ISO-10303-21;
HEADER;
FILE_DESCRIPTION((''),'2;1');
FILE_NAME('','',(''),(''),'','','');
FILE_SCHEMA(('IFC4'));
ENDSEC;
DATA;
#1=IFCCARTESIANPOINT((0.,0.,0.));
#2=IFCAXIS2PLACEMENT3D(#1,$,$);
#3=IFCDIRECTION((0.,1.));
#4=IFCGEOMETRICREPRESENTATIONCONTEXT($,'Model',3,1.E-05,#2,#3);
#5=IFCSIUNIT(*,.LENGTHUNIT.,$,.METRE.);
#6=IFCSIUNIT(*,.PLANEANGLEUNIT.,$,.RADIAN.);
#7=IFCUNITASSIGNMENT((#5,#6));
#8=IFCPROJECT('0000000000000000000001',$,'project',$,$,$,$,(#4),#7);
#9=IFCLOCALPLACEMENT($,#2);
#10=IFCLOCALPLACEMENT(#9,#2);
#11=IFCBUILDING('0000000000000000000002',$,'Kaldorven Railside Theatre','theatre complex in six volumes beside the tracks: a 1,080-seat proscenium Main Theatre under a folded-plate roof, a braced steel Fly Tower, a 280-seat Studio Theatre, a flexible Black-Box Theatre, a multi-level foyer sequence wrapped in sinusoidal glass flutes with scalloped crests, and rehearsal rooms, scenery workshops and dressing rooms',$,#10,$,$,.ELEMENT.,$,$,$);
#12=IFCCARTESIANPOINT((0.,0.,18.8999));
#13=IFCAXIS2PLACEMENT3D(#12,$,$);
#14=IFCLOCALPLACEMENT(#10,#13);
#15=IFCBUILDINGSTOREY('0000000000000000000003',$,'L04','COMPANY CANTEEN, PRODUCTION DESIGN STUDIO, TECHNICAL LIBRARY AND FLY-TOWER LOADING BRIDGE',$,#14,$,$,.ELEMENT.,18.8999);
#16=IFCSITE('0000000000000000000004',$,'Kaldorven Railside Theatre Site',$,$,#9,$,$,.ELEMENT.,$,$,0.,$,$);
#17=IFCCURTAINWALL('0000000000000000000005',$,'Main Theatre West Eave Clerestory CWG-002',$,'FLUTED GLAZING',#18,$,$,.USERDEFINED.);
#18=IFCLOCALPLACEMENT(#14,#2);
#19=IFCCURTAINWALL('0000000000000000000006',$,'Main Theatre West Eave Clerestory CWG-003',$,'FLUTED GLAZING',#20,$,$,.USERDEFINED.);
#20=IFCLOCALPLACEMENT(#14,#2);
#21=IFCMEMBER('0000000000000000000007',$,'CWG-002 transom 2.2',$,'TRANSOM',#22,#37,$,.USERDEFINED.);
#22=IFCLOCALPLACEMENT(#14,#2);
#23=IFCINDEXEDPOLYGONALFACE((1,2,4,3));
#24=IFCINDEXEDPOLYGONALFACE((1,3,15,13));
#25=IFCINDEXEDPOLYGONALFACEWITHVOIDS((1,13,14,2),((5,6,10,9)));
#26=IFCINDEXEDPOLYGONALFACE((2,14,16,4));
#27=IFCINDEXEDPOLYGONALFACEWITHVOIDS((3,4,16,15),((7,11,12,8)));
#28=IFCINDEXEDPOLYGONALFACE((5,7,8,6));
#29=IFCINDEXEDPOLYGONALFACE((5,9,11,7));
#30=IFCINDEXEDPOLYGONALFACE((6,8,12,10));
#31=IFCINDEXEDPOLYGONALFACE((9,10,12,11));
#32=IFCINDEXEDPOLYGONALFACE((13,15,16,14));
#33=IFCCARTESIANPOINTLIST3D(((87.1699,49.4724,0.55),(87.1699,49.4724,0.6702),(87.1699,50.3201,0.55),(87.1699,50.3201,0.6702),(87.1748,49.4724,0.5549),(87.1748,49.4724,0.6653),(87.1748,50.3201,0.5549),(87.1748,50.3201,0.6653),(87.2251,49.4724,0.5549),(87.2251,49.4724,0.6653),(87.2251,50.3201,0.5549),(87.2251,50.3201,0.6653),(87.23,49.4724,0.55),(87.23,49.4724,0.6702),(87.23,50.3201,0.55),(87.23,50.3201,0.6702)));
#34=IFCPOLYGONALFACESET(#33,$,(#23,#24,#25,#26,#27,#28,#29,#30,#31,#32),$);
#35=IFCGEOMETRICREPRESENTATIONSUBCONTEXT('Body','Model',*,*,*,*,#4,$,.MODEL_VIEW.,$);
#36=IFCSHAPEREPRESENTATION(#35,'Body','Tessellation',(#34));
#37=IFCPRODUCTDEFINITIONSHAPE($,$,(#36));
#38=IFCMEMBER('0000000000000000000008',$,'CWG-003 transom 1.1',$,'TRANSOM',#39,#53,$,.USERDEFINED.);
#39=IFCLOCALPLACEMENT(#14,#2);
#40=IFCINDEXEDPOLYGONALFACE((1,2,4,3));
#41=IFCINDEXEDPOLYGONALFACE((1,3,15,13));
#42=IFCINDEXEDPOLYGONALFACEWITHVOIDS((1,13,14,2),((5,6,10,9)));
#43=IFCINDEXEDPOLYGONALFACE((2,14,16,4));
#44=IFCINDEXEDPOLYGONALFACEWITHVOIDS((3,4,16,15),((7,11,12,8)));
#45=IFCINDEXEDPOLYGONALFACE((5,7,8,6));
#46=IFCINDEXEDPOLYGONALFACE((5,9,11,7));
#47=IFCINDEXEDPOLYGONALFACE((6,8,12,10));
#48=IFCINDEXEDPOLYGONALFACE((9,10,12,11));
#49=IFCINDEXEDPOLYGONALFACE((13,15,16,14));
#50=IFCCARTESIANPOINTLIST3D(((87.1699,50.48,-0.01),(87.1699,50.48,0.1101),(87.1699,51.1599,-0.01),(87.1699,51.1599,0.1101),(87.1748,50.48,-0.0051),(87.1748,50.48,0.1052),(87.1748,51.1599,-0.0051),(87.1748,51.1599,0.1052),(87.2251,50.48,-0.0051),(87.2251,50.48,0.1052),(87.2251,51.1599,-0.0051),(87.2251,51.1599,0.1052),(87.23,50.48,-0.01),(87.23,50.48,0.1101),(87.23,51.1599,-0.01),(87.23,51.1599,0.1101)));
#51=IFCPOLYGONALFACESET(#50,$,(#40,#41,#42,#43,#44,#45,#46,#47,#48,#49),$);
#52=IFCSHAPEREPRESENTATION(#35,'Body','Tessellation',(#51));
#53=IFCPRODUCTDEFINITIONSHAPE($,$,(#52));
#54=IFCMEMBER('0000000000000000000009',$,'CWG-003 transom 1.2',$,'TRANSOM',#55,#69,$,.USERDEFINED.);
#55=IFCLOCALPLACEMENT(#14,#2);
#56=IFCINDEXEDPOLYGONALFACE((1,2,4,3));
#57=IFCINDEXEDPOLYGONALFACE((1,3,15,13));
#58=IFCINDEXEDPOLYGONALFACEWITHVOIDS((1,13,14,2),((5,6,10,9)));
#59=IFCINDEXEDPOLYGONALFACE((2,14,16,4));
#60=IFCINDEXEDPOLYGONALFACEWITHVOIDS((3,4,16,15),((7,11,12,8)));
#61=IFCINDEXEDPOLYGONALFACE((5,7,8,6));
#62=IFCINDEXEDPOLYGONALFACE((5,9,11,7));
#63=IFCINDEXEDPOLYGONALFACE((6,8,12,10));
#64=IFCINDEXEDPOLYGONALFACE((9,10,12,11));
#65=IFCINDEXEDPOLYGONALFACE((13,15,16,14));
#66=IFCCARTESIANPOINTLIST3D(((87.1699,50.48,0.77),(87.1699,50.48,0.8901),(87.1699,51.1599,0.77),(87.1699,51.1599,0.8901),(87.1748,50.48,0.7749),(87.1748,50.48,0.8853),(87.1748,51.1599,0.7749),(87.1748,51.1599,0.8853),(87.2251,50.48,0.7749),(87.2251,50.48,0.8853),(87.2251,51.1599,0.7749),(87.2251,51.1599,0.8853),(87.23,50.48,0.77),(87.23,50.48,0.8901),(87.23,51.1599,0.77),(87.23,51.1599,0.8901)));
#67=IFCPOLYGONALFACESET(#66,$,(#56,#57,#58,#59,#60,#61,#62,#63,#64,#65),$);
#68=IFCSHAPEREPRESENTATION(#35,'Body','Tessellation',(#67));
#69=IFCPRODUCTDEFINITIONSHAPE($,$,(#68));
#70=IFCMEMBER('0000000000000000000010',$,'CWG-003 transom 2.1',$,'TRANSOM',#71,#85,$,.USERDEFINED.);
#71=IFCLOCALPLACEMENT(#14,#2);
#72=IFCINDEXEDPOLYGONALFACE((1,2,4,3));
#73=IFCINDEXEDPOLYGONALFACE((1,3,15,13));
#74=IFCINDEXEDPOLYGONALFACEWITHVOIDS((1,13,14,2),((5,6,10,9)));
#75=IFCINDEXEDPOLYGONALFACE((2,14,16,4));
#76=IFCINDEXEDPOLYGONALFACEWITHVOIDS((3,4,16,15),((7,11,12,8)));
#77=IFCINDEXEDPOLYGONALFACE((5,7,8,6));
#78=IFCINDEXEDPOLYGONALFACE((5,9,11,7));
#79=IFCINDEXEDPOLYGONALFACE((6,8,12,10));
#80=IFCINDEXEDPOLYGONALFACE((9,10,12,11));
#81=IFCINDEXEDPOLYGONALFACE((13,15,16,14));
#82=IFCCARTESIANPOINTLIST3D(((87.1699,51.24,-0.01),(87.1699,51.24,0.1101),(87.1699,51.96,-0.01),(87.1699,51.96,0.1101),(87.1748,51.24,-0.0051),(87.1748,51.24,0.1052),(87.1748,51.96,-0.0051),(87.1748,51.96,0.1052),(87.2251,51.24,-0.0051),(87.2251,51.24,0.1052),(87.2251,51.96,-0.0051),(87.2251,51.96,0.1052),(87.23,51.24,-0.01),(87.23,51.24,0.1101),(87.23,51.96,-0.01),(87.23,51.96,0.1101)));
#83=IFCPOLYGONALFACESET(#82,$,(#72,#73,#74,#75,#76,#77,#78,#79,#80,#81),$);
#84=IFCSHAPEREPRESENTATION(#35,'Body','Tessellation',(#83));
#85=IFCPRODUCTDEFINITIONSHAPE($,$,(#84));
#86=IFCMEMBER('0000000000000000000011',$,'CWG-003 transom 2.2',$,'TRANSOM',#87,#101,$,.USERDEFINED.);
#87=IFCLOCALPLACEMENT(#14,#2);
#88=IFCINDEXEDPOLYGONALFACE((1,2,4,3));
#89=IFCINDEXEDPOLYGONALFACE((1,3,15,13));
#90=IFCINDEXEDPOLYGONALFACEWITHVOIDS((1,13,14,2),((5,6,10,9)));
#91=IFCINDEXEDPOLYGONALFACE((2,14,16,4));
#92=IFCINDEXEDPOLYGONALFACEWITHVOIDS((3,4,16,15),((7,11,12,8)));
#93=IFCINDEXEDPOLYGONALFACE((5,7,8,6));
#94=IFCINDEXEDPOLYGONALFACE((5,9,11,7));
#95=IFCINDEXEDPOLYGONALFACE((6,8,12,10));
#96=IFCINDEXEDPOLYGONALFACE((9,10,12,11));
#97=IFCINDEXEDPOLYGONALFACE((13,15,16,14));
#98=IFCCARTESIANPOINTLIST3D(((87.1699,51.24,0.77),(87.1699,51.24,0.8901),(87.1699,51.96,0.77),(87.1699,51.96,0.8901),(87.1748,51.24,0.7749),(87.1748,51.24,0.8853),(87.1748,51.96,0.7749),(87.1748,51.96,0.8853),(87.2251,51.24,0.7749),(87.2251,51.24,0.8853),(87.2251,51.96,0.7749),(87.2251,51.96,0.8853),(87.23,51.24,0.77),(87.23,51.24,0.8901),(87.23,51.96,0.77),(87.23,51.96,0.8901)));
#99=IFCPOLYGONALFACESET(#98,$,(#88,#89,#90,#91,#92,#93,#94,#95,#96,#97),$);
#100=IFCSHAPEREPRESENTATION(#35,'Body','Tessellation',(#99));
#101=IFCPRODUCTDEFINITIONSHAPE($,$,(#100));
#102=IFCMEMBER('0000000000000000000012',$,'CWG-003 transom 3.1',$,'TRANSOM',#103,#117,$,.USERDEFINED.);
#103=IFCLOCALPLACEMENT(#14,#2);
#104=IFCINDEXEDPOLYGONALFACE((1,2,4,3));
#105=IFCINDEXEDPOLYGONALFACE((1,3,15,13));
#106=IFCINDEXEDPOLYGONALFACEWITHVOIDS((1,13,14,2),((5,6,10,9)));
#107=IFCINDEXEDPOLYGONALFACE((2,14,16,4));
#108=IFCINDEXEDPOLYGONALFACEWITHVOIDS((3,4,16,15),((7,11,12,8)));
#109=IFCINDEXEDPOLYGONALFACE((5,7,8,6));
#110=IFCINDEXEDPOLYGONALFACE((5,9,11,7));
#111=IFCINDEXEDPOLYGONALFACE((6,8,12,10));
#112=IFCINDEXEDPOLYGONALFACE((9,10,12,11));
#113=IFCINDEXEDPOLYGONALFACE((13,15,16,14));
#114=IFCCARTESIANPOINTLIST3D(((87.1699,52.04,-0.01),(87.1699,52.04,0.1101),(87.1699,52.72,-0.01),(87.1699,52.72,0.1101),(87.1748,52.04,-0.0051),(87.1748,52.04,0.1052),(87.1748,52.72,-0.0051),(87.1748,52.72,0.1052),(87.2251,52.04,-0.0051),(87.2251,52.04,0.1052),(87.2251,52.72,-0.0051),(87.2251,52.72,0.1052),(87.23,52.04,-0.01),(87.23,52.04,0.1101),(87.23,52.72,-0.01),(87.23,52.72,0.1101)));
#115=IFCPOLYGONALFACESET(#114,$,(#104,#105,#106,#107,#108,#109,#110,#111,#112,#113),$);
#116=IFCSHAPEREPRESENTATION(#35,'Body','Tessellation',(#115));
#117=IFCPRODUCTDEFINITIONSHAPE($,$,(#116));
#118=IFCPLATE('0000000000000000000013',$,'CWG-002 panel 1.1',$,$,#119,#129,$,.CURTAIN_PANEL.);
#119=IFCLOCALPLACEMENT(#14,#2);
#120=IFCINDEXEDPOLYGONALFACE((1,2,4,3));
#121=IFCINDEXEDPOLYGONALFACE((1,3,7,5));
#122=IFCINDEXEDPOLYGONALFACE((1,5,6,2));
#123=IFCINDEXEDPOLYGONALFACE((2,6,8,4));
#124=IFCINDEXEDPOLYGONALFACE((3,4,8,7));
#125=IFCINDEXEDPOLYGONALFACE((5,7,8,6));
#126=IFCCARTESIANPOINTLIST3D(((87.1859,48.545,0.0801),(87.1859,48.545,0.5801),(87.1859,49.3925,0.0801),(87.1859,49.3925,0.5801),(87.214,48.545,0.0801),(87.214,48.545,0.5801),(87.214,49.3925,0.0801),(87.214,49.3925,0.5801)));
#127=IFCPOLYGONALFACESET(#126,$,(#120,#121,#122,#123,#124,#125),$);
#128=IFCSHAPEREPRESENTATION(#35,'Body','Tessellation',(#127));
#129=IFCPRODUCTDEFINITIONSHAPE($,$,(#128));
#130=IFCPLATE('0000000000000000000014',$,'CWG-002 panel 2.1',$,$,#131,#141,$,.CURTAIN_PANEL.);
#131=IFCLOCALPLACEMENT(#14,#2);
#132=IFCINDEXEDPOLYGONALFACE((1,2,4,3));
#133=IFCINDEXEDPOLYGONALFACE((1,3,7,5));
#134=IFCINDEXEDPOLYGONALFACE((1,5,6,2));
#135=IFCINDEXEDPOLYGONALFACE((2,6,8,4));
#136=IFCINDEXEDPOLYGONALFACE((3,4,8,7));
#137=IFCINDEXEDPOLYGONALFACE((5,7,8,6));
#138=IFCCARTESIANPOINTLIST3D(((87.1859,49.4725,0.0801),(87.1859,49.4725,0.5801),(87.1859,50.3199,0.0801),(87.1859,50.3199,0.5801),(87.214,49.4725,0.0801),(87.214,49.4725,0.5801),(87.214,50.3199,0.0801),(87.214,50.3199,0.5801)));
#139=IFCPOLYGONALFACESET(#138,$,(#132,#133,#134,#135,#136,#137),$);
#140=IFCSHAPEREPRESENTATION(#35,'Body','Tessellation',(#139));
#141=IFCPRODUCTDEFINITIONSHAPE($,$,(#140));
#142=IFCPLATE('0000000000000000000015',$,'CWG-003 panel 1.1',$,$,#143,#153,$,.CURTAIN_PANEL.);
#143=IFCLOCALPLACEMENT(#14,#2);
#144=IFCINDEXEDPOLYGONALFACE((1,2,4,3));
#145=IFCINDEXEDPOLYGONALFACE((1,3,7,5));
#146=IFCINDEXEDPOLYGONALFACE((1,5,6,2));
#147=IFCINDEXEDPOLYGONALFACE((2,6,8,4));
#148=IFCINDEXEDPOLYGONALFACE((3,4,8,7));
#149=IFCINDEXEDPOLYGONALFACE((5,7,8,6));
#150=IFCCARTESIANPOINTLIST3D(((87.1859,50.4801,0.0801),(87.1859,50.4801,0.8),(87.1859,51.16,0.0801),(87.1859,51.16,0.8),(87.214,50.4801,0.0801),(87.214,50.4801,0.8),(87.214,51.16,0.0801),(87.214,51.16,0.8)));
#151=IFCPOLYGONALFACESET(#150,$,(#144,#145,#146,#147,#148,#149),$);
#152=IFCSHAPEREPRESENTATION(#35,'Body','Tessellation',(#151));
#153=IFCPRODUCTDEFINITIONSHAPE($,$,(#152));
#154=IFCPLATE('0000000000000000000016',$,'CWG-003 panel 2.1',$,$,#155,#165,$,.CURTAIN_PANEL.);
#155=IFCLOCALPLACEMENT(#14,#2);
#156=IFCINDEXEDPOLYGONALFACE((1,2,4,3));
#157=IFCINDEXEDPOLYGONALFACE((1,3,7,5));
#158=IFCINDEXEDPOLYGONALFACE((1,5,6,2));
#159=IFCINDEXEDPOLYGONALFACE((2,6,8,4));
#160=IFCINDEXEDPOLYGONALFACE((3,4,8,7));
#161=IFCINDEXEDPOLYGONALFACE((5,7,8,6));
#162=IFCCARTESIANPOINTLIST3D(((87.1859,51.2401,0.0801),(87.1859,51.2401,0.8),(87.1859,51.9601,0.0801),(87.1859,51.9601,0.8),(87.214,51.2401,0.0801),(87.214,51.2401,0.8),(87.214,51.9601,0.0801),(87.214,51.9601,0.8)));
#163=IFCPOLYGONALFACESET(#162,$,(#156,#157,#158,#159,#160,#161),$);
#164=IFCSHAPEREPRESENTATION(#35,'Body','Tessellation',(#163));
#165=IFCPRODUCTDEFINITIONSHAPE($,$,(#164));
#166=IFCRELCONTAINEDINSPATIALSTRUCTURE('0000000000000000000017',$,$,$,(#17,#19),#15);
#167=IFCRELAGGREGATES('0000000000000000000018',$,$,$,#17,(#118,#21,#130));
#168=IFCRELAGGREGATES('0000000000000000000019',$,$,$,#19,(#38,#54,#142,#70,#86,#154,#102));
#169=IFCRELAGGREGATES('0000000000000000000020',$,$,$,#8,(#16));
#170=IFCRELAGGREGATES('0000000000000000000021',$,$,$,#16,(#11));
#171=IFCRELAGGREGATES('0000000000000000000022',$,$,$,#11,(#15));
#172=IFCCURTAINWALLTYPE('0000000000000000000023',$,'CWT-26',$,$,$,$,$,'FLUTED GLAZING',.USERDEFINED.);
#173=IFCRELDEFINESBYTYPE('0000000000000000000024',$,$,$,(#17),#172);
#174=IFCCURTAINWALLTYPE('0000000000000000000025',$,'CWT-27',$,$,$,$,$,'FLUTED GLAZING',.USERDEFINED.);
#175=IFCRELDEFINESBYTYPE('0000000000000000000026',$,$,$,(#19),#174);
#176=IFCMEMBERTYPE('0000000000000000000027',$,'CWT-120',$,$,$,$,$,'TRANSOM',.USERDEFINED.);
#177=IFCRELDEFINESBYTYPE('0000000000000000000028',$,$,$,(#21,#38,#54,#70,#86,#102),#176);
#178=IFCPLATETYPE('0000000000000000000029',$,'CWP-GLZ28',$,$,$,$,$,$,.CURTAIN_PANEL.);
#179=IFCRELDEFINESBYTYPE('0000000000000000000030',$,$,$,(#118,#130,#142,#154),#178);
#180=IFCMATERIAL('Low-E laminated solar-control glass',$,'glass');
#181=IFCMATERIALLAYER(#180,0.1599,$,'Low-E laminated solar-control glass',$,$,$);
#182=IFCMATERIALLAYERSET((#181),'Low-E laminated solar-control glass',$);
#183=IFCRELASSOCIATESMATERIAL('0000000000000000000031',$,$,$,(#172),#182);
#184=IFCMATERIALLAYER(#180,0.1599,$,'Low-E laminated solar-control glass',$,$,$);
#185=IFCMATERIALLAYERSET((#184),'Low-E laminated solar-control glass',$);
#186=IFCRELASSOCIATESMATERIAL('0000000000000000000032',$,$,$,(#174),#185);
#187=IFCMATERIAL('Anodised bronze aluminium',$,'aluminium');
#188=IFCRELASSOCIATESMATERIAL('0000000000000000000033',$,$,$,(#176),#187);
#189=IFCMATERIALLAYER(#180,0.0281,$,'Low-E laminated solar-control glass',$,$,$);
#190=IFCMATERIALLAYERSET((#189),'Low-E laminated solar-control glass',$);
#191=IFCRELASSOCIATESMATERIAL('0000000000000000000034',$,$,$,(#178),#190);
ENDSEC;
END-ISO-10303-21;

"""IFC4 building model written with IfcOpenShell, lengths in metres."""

from ifc_helpers import new_model, si_unit, direction, frame, origin, origin_2d, place, context, subcontext, project, spatial, rectangle, hollow_rectangle, extrude, material, layer, layer_set, material_profile, profile_set, type_object, element, aggregate, save


model = new_model("IFC4")

# Units and contexts
model_context = context("Model", 3, precision=1e-05, world=origin(), true_north=direction((0.0, 1.0)))
body_context = subcontext(model_context, "Body", "Model", "MODEL_VIEW")
ifc_project = project(units=[si_unit("LENGTHUNIT", "METRE"), si_unit("PLANEANGLEUNIT", "RADIAN")], contexts=[model_context])

# Site, building, storey
site_placement = place(None, origin())
site = spatial("IfcSite", under=ifc_project, at=site_placement, Name="Kaldorven Railside Theatre Site", CompositionType="ELEMENT", RefElevation=0.0)
building_placement = place(site_placement, origin())
building = spatial("IfcBuilding", under=site, at=building_placement, Name="Kaldorven Railside Theatre", Description="theatre complex in six volumes beside the tracks: a 1,080-seat proscenium Main Theatre under a folded-plate roof, a braced steel Fly Tower, a 280-seat Studio Theatre, a flexible Black-Box Theatre, a multi-level foyer sequence wrapped in sinusoidal glass flutes with scalloped crests, and rehearsal rooms, scenery workshops and dressing rooms", CompositionType="ELEMENT")
storey_placement = place(building_placement, frame((0.0, 0.0, 18.8999)))
storey = spatial("IfcBuildingStorey", under=building, at=storey_placement, Name="L04", Description="COMPANY CANTEEN, PRODUCTION DESIGN STUDIO, TECHNICAL LIBRARY AND FLY-TOWER LOADING BRIDGE", CompositionType="ELEMENT", Elevation=18.8999)

# Curtain walls
ifc_material_1 = material(Name="Low-E laminated solar-control glass", Category="glass")
ifc_layer_1 = layer(ifc_material_1, 0.1599, Name="Low-E laminated solar-control glass")
ifc_layer_set_1 = layer_set([ifc_layer_1], Name="Low-E laminated solar-control glass")
curtain_wall_type_1 = type_object("IfcCurtainWallType", Name="CWT-26", ElementType="FLUTED GLAZING", PredefinedType="USERDEFINED", material=ifc_layer_set_1)
curtain_wall_1_placement = place(storey_placement, origin())
curtain_wall_1 = element("IfcCurtainWall", 1, at=curtain_wall_1_placement, inside=storey, type_object=curtain_wall_type_1, Name="Main Theatre West Eave Clerestory CWG-002", ObjectType="FLUTED GLAZING", PredefinedType="USERDEFINED")
ifc_material_2 = material(Name="Anodised bronze aluminium", Category="aluminium")
ifc_layer_2 = layer(ifc_material_1, 0.1599, Name="Low-E laminated solar-control glass")
ifc_layer_set_2 = layer_set([ifc_layer_2], Name="Low-E laminated solar-control glass")
curtain_wall_type_2 = type_object("IfcCurtainWallType", Name="CWT-27", ElementType="FLUTED GLAZING", PredefinedType="USERDEFINED", material=ifc_layer_set_2)
curtain_wall_2_placement = place(storey_placement, origin())
curtain_wall_2 = element("IfcCurtainWall", 2, at=curtain_wall_2_placement, inside=storey, type_object=curtain_wall_type_2, Name="Main Theatre West Eave Clerestory CWG-003", ObjectType="FLUTED GLAZING", PredefinedType="USERDEFINED")

# Members
ifc_material_profile_1 = material_profile(ifc_material_2, hollow_rectangle(XDim=0.0601, YDim=0.1201, WallThickness=0.0049, at=origin_2d()), Name="RHS 120x60x5")
ifc_profile_set_1 = profile_set([ifc_material_profile_1], Name="Anodised bronze aluminium")
member_type_1 = type_object("IfcMemberType", Name="CWT-120", ElementType="TRANSOM", PredefinedType="USERDEFINED", material=ifc_profile_set_1)
member_1_placement = place(storey_placement, frame((87.2, 49.4724, 0.6101), z_axis=(0.0, 1.0, 0.0), x_axis=(-1.0, 0.0, 0.0)))
member_1 = element("IfcMember", 3, at=member_1_placement, type_object=member_type_1, Name="CWG-002 transom 2.2", ObjectType="TRANSOM", PredefinedType="USERDEFINED", context=body_context, shape_type="SweptSolid", body=[
    extrude(hollow_rectangle(XDim=0.0601, YDim=0.1201, WallThickness=0.0049, at=origin_2d()), origin(), (0.0, 0.0, 1.0), 0.8477),
])
member_2_placement = place(storey_placement, frame((87.2, 50.48, 0.05), z_axis=(0.0, 1.0, 0.0), x_axis=(-1.0, 0.0, 0.0)))
member_2 = element("IfcMember", 4, at=member_2_placement, type_object=member_type_1, Name="CWG-003 transom 1.1", ObjectType="TRANSOM", PredefinedType="USERDEFINED", context=body_context, shape_type="SweptSolid", body=[
    extrude(hollow_rectangle(XDim=0.0601, YDim=0.1201, WallThickness=0.0049, at=origin_2d()), origin(), (0.0, 0.0, 1.0), 0.6799),
])
member_3_placement = place(storey_placement, frame((87.2, 50.48, 0.8301), z_axis=(0.0, 1.0, 0.0), x_axis=(-1.0, 0.0, 0.0)))
member_3 = element("IfcMember", 5, at=member_3_placement, type_object=member_type_1, Name="CWG-003 transom 1.2", ObjectType="TRANSOM", PredefinedType="USERDEFINED", context=body_context, shape_type="SweptSolid", body=[
    extrude(hollow_rectangle(XDim=0.0601, YDim=0.1201, WallThickness=0.0049, at=origin_2d()), origin(), (0.0, 0.0, 1.0), 0.6799),
])
member_4_placement = place(storey_placement, frame((87.2, 51.24, 0.05), z_axis=(0.0, 1.0, 0.0), x_axis=(-1.0, 0.0, 0.0)))
member_4 = element("IfcMember", 6, at=member_4_placement, type_object=member_type_1, Name="CWG-003 transom 2.1", ObjectType="TRANSOM", PredefinedType="USERDEFINED", context=body_context, shape_type="SweptSolid", body=[
    extrude(hollow_rectangle(XDim=0.0601, YDim=0.1201, WallThickness=0.0049, at=origin_2d()), origin(), (0.0, 0.0, 1.0), 0.72),
])
member_5_placement = place(storey_placement, frame((87.2, 51.24, 0.8301), z_axis=(0.0, 1.0, 0.0), x_axis=(-1.0, 0.0, 0.0)))
member_5 = element("IfcMember", 7, at=member_5_placement, type_object=member_type_1, Name="CWG-003 transom 2.2", ObjectType="TRANSOM", PredefinedType="USERDEFINED", context=body_context, shape_type="SweptSolid", body=[
    extrude(hollow_rectangle(XDim=0.0601, YDim=0.1201, WallThickness=0.0049, at=origin_2d()), origin(), (0.0, 0.0, 1.0), 0.72),
])
member_6_placement = place(storey_placement, frame((87.2, 52.04, 0.05), z_axis=(0.0, 1.0, 0.0), x_axis=(-1.0, 0.0, 0.0)))
member_6 = element("IfcMember", 8, at=member_6_placement, type_object=member_type_1, Name="CWG-003 transom 3.1", ObjectType="TRANSOM", PredefinedType="USERDEFINED", context=body_context, shape_type="SweptSolid", body=[
    extrude(hollow_rectangle(XDim=0.0601, YDim=0.1201, WallThickness=0.0049, at=origin_2d()), origin(), (0.0, 0.0, 1.0), 0.6799),
])

# Plates
ifc_layer_3 = layer(ifc_material_1, 0.0281, Name="Low-E laminated solar-control glass")
ifc_layer_set_3 = layer_set([ifc_layer_3], Name="Low-E laminated solar-control glass")
plate_type = type_object("IfcPlateType", Name="CWP-GLZ28", PredefinedType="CURTAIN_PANEL", material=ifc_layer_set_3)
plate_1_placement = place(storey_placement, frame((87.2, 48.9688, 0.0801), z_axis=(0.0, 0.0, 1.0), x_axis=(0.0, 1.0, 0.0)))
plate_1 = element("IfcPlate", 9, at=plate_1_placement, type_object=plate_type, Name="CWG-002 panel 1.1", PredefinedType="CURTAIN_PANEL", context=body_context, shape_type="SweptSolid", body=[
    extrude(rectangle(XDim=0.8474, YDim=0.0281, at=origin_2d()), origin(), (0.0, 0.0, 1.0), 0.5),
])
plate_2_placement = place(storey_placement, frame((87.2, 49.8962, 0.0801), z_axis=(0.0, 0.0, 1.0), x_axis=(0.0, 1.0, 0.0)))
plate_2 = element("IfcPlate", 10, at=plate_2_placement, type_object=plate_type, Name="CWG-002 panel 2.1", PredefinedType="CURTAIN_PANEL", context=body_context, shape_type="SweptSolid", body=[
    extrude(rectangle(XDim=0.8474, YDim=0.0281, at=origin_2d()), origin(), (0.0, 0.0, 1.0), 0.5),
])
aggregate(curtain_wall_1, [plate_1, member_1, plate_2])
plate_3_placement = place(storey_placement, frame((87.2, 50.8201, 0.0801), z_axis=(0.0, 0.0, 1.0), x_axis=(0.0, 1.0, 0.0)))
plate_3 = element("IfcPlate", 11, at=plate_3_placement, type_object=plate_type, Name="CWG-003 panel 1.1", PredefinedType="CURTAIN_PANEL", context=body_context, shape_type="SweptSolid", body=[
    extrude(rectangle(XDim=0.6799, YDim=0.0281, at=origin_2d()), origin(), (0.0, 0.0, 1.0), 0.72),
])
plate_4_placement = place(storey_placement, frame((87.2, 51.6001, 0.0801), z_axis=(0.0, 0.0, 1.0), x_axis=(0.0, 1.0, 0.0)))
plate_4 = element("IfcPlate", 12, at=plate_4_placement, type_object=plate_type, Name="CWG-003 panel 2.1", PredefinedType="CURTAIN_PANEL", context=body_context, shape_type="SweptSolid", body=[
    extrude(rectangle(XDim=0.72, YDim=0.0281, at=origin_2d()), origin(), (0.0, 0.0, 1.0), 0.72),
])
aggregate(curtain_wall_2, [member_2, member_3, plate_3, member_4, member_5, plate_4, member_6])

save(model, "model.ifc")
